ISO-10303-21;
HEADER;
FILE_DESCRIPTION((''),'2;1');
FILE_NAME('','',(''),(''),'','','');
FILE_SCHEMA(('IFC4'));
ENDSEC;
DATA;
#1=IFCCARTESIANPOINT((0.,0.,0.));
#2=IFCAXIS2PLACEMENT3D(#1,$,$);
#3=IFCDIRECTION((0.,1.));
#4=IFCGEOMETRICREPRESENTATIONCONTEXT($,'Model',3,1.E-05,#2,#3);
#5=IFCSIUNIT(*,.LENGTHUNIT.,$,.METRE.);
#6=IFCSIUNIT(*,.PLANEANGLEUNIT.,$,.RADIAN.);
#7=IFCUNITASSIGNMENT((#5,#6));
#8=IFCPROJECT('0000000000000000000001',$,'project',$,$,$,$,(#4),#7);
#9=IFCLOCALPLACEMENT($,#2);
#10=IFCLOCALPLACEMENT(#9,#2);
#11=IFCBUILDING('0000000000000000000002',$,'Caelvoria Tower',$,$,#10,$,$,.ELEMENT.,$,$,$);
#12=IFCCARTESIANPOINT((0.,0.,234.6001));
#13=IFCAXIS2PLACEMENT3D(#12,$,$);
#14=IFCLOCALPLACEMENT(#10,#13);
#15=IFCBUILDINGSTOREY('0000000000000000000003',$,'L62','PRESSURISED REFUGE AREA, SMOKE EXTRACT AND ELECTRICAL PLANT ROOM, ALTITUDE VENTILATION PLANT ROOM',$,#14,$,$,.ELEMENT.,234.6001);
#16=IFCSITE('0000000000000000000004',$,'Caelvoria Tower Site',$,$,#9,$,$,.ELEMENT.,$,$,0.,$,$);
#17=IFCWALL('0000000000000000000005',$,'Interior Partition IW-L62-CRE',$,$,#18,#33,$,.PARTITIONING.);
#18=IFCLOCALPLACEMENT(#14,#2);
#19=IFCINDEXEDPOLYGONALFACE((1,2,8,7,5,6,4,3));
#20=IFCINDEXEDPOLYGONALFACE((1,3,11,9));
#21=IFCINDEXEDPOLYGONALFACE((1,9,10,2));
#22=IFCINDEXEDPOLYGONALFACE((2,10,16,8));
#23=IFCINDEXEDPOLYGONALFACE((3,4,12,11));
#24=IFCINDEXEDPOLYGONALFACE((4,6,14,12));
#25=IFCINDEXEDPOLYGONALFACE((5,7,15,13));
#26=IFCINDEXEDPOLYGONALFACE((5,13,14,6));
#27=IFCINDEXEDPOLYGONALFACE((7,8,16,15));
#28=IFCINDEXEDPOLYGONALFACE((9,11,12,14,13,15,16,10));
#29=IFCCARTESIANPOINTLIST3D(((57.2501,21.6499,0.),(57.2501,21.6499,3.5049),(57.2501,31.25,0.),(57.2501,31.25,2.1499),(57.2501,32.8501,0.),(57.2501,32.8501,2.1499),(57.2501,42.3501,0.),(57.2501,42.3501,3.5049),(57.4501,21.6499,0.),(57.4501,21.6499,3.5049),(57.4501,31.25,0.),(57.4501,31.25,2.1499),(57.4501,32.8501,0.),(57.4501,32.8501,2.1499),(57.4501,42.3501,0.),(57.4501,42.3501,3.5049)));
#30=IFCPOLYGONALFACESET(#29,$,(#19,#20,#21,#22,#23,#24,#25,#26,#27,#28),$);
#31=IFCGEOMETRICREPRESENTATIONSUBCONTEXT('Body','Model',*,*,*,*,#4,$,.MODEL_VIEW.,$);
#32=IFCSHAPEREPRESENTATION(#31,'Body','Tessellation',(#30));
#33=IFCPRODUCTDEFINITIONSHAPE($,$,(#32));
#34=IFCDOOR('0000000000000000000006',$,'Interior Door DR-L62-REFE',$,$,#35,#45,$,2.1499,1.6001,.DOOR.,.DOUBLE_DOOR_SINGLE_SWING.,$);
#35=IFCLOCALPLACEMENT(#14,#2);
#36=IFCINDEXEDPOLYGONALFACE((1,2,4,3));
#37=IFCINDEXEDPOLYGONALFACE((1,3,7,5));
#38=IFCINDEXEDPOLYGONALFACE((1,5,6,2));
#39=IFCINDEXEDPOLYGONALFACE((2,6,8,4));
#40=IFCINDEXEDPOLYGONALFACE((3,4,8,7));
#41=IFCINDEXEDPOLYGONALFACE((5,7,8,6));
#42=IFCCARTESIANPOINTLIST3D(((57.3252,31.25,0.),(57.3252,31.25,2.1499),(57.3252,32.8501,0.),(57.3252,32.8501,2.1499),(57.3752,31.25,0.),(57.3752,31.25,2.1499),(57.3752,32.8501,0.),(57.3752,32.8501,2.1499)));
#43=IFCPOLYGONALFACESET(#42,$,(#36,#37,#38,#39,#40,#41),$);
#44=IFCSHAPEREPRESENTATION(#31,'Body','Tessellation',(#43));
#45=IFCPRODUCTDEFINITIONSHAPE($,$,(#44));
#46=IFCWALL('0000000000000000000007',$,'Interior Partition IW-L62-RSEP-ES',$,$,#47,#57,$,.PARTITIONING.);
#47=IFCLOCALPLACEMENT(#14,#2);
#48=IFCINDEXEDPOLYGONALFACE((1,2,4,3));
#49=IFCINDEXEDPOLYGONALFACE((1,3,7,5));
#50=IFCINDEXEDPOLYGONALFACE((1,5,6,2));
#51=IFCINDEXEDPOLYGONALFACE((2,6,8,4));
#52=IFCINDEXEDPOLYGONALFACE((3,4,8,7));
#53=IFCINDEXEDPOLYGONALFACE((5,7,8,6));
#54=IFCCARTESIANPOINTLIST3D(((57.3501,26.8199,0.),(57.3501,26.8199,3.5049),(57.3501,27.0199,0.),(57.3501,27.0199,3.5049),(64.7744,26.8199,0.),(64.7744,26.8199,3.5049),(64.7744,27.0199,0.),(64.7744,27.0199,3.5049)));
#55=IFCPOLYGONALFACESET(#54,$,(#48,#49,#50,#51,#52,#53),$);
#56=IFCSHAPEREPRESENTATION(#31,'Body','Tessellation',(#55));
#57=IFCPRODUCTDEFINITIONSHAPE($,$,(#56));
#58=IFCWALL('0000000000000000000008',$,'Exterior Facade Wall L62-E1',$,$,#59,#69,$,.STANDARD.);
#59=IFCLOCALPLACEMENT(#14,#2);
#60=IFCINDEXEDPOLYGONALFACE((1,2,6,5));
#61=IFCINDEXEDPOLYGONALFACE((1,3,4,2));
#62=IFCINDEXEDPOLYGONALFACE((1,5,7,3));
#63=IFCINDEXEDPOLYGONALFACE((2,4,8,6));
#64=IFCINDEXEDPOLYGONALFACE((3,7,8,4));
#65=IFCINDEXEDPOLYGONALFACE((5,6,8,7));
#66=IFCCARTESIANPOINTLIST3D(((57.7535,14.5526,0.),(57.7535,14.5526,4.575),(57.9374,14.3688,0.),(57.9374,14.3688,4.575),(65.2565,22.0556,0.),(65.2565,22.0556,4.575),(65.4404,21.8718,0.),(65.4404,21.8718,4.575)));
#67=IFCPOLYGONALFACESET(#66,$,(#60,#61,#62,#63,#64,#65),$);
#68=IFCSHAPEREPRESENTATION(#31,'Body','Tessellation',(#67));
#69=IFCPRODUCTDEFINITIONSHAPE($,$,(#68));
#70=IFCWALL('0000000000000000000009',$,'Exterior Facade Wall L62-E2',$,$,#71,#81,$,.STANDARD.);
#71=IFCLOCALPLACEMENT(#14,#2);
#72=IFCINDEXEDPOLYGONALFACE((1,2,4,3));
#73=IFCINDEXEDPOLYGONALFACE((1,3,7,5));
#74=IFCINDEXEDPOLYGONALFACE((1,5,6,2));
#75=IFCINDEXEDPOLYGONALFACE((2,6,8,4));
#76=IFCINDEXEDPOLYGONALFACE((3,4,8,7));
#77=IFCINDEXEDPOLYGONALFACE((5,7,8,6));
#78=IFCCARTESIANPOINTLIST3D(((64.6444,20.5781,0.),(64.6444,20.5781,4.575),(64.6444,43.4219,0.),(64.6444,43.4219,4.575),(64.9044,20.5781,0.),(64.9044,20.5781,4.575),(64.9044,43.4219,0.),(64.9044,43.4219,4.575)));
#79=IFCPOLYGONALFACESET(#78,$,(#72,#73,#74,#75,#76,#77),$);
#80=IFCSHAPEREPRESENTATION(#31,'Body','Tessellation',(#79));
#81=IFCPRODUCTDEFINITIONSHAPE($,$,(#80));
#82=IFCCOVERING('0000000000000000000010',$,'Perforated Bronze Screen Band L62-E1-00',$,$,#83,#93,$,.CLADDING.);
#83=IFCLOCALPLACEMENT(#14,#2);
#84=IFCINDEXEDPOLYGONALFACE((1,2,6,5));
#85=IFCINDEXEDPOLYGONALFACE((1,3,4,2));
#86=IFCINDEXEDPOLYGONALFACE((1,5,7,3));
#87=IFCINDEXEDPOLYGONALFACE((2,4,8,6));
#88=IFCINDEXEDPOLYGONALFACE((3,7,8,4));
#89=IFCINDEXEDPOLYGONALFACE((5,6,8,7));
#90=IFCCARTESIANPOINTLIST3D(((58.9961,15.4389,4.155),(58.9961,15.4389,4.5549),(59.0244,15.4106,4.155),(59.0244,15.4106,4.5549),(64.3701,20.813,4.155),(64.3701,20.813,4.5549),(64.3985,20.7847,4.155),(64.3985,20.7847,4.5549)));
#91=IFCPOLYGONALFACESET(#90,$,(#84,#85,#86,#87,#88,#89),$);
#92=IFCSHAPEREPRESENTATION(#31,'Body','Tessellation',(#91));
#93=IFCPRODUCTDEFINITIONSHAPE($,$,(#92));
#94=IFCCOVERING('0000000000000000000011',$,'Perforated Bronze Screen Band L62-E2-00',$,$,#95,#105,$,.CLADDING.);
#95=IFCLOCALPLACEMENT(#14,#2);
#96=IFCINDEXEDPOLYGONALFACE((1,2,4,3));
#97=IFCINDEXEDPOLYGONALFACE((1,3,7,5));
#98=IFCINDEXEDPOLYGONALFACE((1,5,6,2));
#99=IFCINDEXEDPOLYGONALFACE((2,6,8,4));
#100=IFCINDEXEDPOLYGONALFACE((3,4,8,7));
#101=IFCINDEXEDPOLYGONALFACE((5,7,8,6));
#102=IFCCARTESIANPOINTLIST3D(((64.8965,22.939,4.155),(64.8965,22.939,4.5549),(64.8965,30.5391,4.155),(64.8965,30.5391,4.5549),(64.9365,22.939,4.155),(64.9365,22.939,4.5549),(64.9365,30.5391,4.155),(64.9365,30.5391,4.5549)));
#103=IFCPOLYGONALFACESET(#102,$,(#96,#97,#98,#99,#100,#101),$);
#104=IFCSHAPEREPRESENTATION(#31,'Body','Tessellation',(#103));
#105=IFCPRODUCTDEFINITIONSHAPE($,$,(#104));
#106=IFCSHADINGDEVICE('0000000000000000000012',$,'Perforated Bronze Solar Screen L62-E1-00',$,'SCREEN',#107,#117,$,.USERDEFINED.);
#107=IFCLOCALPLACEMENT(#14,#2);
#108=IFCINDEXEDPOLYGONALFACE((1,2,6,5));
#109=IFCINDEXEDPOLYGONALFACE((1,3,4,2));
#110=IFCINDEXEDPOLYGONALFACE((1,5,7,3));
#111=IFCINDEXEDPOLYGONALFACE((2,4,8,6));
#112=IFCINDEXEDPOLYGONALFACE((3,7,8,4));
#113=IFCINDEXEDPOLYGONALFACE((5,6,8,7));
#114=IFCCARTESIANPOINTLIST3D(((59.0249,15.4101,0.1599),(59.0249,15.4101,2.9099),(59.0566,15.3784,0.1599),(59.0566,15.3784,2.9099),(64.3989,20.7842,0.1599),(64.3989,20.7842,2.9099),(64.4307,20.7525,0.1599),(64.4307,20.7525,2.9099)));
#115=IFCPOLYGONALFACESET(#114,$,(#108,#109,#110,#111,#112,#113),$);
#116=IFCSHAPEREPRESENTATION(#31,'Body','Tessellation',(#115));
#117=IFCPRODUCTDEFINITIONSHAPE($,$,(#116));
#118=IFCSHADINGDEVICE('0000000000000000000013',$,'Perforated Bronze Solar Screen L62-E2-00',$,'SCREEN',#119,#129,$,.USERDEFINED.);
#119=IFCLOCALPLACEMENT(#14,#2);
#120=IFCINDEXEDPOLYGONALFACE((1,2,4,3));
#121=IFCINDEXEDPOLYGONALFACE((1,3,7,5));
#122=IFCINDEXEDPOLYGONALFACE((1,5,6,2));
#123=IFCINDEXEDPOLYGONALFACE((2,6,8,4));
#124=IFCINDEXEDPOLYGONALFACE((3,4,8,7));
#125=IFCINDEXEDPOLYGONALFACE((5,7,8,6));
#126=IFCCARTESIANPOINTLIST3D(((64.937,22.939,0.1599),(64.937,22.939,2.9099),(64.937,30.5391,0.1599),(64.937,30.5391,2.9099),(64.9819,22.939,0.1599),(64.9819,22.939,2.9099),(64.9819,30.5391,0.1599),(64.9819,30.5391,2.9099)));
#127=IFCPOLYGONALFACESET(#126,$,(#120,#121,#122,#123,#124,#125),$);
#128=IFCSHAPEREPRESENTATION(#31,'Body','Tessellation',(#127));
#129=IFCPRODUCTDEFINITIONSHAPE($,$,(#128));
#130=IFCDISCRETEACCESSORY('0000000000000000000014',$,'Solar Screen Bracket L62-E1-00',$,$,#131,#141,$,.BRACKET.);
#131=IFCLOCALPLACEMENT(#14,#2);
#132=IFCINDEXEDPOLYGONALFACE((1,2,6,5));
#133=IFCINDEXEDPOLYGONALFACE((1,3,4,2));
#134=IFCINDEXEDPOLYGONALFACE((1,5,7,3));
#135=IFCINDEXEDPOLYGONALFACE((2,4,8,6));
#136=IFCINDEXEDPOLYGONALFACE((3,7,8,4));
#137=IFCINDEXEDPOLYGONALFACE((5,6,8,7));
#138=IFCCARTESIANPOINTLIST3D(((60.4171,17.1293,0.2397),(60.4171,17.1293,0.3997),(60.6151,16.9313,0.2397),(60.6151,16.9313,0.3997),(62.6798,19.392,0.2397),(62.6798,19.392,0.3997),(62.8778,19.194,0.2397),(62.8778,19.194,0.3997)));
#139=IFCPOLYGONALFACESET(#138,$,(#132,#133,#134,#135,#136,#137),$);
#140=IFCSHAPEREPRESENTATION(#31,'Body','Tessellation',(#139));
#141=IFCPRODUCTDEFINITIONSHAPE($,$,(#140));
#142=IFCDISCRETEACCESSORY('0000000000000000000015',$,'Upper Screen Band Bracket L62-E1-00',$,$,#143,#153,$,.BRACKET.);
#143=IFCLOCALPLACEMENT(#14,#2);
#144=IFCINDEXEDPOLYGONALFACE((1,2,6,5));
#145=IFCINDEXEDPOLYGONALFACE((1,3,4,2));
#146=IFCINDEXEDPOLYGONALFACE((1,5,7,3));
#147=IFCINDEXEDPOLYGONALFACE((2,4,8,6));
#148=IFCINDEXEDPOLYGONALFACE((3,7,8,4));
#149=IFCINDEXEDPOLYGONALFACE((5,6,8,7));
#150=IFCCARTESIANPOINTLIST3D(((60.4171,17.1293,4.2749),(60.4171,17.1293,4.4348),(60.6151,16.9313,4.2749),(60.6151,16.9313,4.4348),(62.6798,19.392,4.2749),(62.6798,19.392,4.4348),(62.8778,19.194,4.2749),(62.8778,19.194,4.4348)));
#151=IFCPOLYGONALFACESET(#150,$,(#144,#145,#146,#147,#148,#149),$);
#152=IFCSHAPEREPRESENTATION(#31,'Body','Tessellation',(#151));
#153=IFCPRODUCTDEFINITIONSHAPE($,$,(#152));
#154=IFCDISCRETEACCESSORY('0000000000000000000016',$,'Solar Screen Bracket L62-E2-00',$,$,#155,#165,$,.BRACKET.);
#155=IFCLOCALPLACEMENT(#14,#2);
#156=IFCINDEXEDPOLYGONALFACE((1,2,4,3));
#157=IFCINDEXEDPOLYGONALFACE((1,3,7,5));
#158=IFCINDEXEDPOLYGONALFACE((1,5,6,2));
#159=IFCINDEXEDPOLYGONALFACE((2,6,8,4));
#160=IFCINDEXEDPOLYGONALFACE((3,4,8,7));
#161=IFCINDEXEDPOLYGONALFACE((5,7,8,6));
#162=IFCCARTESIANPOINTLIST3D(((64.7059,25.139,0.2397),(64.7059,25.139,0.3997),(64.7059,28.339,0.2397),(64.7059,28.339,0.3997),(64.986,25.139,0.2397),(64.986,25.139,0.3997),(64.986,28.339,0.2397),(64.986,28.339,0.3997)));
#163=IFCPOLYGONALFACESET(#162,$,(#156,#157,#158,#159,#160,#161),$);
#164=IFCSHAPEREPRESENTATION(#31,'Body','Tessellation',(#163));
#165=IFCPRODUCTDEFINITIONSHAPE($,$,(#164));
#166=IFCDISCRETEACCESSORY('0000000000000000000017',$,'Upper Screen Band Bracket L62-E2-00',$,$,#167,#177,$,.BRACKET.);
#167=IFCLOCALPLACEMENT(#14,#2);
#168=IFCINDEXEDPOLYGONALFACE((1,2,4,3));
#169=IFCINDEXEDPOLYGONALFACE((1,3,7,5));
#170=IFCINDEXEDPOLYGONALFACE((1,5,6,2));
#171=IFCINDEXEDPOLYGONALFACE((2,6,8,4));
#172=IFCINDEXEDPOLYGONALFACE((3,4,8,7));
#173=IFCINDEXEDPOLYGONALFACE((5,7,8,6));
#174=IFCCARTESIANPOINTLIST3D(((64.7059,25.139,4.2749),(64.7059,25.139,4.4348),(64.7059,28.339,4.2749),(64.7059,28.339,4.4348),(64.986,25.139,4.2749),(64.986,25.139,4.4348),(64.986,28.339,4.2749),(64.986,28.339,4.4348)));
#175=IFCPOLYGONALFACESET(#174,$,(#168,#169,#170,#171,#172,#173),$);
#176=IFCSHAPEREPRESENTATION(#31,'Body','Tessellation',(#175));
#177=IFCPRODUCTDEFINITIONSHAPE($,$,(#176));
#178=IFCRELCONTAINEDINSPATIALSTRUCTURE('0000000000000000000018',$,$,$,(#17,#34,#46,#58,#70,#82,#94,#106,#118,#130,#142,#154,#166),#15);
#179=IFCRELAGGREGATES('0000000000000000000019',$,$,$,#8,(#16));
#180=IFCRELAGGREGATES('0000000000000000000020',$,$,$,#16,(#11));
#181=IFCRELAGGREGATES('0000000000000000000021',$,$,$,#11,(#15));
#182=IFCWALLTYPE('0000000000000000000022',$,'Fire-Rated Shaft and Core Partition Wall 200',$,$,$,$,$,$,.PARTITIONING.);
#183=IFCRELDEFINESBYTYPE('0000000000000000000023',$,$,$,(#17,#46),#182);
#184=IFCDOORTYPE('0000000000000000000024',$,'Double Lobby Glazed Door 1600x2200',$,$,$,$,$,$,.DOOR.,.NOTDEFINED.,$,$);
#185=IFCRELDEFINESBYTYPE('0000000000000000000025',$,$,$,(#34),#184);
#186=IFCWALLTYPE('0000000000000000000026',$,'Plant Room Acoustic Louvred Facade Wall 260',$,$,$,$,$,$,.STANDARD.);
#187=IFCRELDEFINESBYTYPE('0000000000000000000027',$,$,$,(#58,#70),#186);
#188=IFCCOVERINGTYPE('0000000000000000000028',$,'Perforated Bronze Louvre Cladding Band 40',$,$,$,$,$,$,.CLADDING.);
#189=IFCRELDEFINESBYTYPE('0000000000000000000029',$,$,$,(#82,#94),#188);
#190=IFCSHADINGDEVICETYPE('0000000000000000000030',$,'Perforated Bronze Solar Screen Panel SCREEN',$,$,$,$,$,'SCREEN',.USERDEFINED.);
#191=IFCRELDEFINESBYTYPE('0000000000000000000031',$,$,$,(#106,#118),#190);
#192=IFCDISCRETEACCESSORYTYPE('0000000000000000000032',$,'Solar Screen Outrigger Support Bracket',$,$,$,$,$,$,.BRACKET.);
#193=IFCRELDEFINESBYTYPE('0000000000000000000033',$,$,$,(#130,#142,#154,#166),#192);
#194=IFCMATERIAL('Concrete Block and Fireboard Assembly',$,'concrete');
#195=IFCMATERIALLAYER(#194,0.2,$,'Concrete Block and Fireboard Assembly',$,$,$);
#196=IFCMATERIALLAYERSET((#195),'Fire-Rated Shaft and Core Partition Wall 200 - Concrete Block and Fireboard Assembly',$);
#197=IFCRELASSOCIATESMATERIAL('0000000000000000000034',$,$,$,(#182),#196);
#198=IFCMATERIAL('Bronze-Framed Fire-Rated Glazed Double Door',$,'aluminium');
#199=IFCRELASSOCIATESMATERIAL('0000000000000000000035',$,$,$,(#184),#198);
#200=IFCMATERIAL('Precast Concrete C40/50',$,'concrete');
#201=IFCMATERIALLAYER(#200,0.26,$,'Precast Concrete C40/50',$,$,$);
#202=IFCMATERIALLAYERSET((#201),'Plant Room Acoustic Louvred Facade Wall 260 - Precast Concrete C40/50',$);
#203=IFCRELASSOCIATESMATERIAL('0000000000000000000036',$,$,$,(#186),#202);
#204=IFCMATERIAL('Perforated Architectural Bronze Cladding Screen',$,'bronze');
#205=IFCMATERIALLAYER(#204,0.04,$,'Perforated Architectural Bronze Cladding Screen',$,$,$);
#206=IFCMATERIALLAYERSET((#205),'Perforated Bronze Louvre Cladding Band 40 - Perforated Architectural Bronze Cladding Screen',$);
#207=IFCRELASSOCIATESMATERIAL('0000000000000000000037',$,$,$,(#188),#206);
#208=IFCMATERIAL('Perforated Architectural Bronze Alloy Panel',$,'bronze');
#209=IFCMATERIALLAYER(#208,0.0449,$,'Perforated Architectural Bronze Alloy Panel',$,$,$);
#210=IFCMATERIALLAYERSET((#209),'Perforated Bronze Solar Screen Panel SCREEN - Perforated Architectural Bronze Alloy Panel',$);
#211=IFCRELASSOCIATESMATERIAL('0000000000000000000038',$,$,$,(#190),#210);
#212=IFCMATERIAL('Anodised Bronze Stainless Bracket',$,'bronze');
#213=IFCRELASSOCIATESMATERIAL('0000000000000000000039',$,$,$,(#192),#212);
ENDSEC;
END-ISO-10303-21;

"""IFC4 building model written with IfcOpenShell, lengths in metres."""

from ifc_helpers import new_model, si_unit, direction, frame, frame_2d, origin, origin_2d, place, context, subcontext, project, spatial, rectangle, extrude, material, layer, layer_set, type_object, element, fill, save


model = new_model("IFC4")

# Units and contexts
model_context = context("Model", 3, precision=1e-05, world=origin(), true_north=direction((0.0, 1.0)))
body_context = subcontext(model_context, "Body", "Model", "MODEL_VIEW")
ifc_project = project(units=[si_unit("LENGTHUNIT", "METRE"), si_unit("PLANEANGLEUNIT", "RADIAN")], contexts=[model_context])

# Site, building, storey
site_placement = place(None, origin())
site = spatial("IfcSite", under=ifc_project, at=site_placement, Name="Caelvoria Tower Site", CompositionType="ELEMENT", RefElevation=0.0)
building_placement = place(site_placement, origin())
building = spatial("IfcBuilding", under=site, at=building_placement, Name="Caelvoria Tower", CompositionType="ELEMENT")
storey_placement = place(building_placement, frame((0.0, 0.0, 234.6001)))
storey = spatial("IfcBuildingStorey", under=building, at=storey_placement, Name="L62", Description="PRESSURISED REFUGE AREA, SMOKE EXTRACT AND ELECTRICAL PLANT ROOM, ALTITUDE VENTILATION PLANT ROOM", CompositionType="ELEMENT", Elevation=234.6001)

# Wall, opening, door
ifc_material_1 = material(Name="Concrete Block and Fireboard Assembly", Category="concrete")
ifc_layer_1 = layer(ifc_material_1, 0.2, Name="Concrete Block and Fireboard Assembly")
ifc_layer_set_1 = layer_set([ifc_layer_1], Name="Fire-Rated Shaft and Core Partition Wall 200 - Concrete Block and Fireboard Assembly")
wall_type_1 = type_object("IfcWallType", Name="Fire-Rated Shaft and Core Partition Wall 200", PredefinedType="PARTITIONING", material=ifc_layer_set_1)
wall_1_placement = place(storey_placement, frame((57.3501, 21.6499, 0.0), z_axis=(0.0, 0.0, 1.0), x_axis=(0.0, 1.0, 0.0)))
wall_1 = element("IfcWall", 1, at=wall_1_placement, inside=storey, type_object=wall_type_1, Name="Interior Partition IW-L62-CRE", PredefinedType="PARTITIONING", context=body_context, shape_type="SweptSolid", body=[
    extrude(rectangle(XDim=20.7002, YDim=0.2, at=frame_2d((10.3501, 0.0))), origin(), (0.0, 0.0, 1.0), 3.5049),
])
opening_placement = place(wall_1_placement, frame((9.6001, 0.0, 0.0)))
opening = element("IfcOpeningElement", 2, at=opening_placement, cuts=wall_1, PredefinedType="OPENING", context=body_context, shape_type="SweptSolid", body=[
    extrude(rectangle(XDim=1.6001, YDim=2.1499, at=frame_2d((0.8, 1.075))), frame((0.0, 0.1099, 0.0), z_axis=(0.0, -1.0, 0.0), x_axis=(1.0, 0.0, 0.0)), (0.0, 0.0, 1.0), 0.22),
])
ifc_material_2 = material(Name="Bronze-Framed Fire-Rated Glazed Double Door", Category="aluminium")
door_type = type_object("IfcDoorType", Name="Double Lobby Glazed Door 1600x2200", OperationType="NOTDEFINED", PredefinedType="DOOR", material=ifc_material_2)
door_placement = place(opening_placement, origin())
door = element("IfcDoor", 3, at=door_placement, inside=storey, type_object=door_type, Name="Interior Door DR-L62-REFE", OperationType="DOUBLE_DOOR_SINGLE_SWING", OverallHeight=2.1499, OverallWidth=1.6001, PredefinedType="DOOR", context=body_context, shape_type="SweptSolid", body=[
    extrude(rectangle(XDim=1.6001, YDim=2.1499, at=frame_2d((0.8, 1.075))), frame((0.0, 0.0249, 0.0), z_axis=(0.0, -1.0, 0.0), x_axis=(1.0, 0.0, 0.0)), (0.0, 0.0, 1.0), 0.05),
])
fill(opening, door)

# Walls
wall_2_placement = place(storey_placement, frame((57.3501, 26.9199, 0.0), z_axis=(0.0, 0.0, 1.0), x_axis=(1.0, 0.0, 0.0)))
element("IfcWall", 4, at=wall_2_placement, inside=storey, type_object=wall_type_1, Name="Interior Partition IW-L62-RSEP-ES", PredefinedType="PARTITIONING", context=body_context, shape_type="SweptSolid", body=[
    extrude(rectangle(XDim=7.4243, YDim=0.2, at=frame_2d((3.7122, 0.0))), origin(), (0.0, 0.0, 1.0), 3.5049),
])
ifc_material_3 = material(Name="Precast Concrete C40/50", Category="concrete")
ifc_layer_2 = layer(ifc_material_3, 0.26, Name="Precast Concrete C40/50")
ifc_layer_set_2 = layer_set([ifc_layer_2], Name="Plant Room Acoustic Louvred Facade Wall 260 - Precast Concrete C40/50")
wall_type_2 = type_object("IfcWallType", Name="Plant Room Acoustic Louvred Facade Wall 260", PredefinedType="STANDARD", material=ifc_layer_set_2)
wall_3_placement = place(storey_placement, frame((57.8455, 14.4607, 0.0), z_axis=(0.0, 0.0, 1.0), x_axis=(0.707107, 0.707107, 0.0)))
element("IfcWall", 5, at=wall_3_placement, inside=storey, type_object=wall_type_2, Name="Exterior Facade Wall L62-E1", PredefinedType="STANDARD", context=body_context, shape_type="SweptSolid", body=[
    extrude(rectangle(XDim=10.6108, YDim=0.26, at=frame_2d((5.3054, 0.0))), origin(), (0.0, 0.0, 1.0), 4.575),
])
wall_4_placement = place(storey_placement, frame((64.7744, 20.5781, 0.0), z_axis=(0.0, 0.0, 1.0), x_axis=(0.0, 1.0, 0.0)))
element("IfcWall", 6, at=wall_4_placement, inside=storey, type_object=wall_type_2, Name="Exterior Facade Wall L62-E2", PredefinedType="STANDARD", context=body_context, shape_type="SweptSolid", body=[
    extrude(rectangle(XDim=22.8438, YDim=0.26, at=frame_2d((11.4219, 0.0))), origin(), (0.0, 0.0, 1.0), 4.575),
])

# Coverings
ifc_material_4 = material(Name="Perforated Architectural Bronze Cladding Screen", Category="bronze")
ifc_layer_3 = layer(ifc_material_4, 0.04, Name="Perforated Architectural Bronze Cladding Screen")
ifc_layer_set_3 = layer_set([ifc_layer_3], Name="Perforated Bronze Louvre Cladding Band 40 - Perforated Architectural Bronze Cladding Screen")
covering_type = type_object("IfcCoveringType", Name="Perforated Bronze Louvre Cladding Band 40", PredefinedType="CLADDING", material=ifc_layer_set_3)
for number, where, z_axis, x_axis, name in (
    (7, (61.6973, 18.1118, 4.155), (0.0, 0.0, 1.0), (0.707107, 0.707107, 0.0), "Perforated Bronze Screen Band L62-E1-00"),
    (8, (64.9165, 26.739, 4.155), (0.0, 0.0, 1.0), (0.0, 1.0, 0.0), "Perforated Bronze Screen Band L62-E2-00"),
):
    element("IfcCovering", number, at=place(storey_placement, frame(where, z_axis=z_axis, x_axis=x_axis)), inside=storey, type_object=covering_type, Name=name, PredefinedType="CLADDING", context=body_context, shape_type="SweptSolid", body=[
        extrude(rectangle(XDim=7.6001, YDim=0.04, at=origin_2d()), origin(), (0.0, 0.0, 1.0), 0.3999),
    ])

# Shading devices
ifc_material_5 = material(Name="Perforated Architectural Bronze Alloy Panel", Category="bronze")
ifc_layer_4 = layer(ifc_material_5, 0.0449, Name="Perforated Architectural Bronze Alloy Panel")
ifc_layer_set_4 = layer_set([ifc_layer_4], Name="Perforated Bronze Solar Screen Panel SCREEN - Perforated Architectural Bronze Alloy Panel")
shading_device_type = type_object("IfcShadingDeviceType", Name="Perforated Bronze Solar Screen Panel SCREEN", ElementType="SCREEN", PredefinedType="USERDEFINED", material=ifc_layer_set_4)
for number, where, z_axis, x_axis, name in (
    (9, (61.7278, 18.0813, 0.1599), (0.0, 0.0, 1.0), (0.707107, 0.707107, 0.0), "Perforated Bronze Solar Screen L62-E1-00"),
    (10, (64.9595, 26.739, 0.1599), (0.0, 0.0, 1.0), (0.0, 1.0, 0.0), "Perforated Bronze Solar Screen L62-E2-00"),
):
    element("IfcShadingDevice", number, at=place(storey_placement, frame(where, z_axis=z_axis, x_axis=x_axis)), inside=storey, type_object=shading_device_type, Name=name, ObjectType="SCREEN", PredefinedType="USERDEFINED", context=body_context, shape_type="SweptSolid", body=[
        extrude(rectangle(XDim=7.6001, YDim=0.0449, at=origin_2d()), origin(), (0.0, 0.0, 1.0), 2.75),
    ])

# Discrete accessories
ifc_material_6 = material(Name="Anodised Bronze Stainless Bracket", Category="bronze")
discrete_accessory_type = type_object("IfcDiscreteAccessoryType", Name="Solar Screen Outrigger Support Bracket", PredefinedType="BRACKET", material=ifc_material_6)
for number, where, z_axis, x_axis, name in (
    (11, (61.6475, 18.1616, 0.2397), (0.0, 0.0, 1.0), (0.707107, 0.707107, 0.0), "Solar Screen Bracket L62-E1-00"),
    (12, (61.6475, 18.1616, 4.2749), (0.0, 0.0, 1.0), (0.707107, 0.707107, 0.0), "Upper Screen Band Bracket L62-E1-00"),
    (13, (64.8459, 26.739, 0.2397), (0.0, 0.0, 1.0), (0.0, 1.0, 0.0), "Solar Screen Bracket L62-E2-00"),
    (14, (64.8459, 26.739, 4.2749), (0.0, 0.0, 1.0), (0.0, 1.0, 0.0), "Upper Screen Band Bracket L62-E2-00"),
):
    element("IfcDiscreteAccessory", number, at=place(storey_placement, frame(where, z_axis=z_axis, x_axis=x_axis)), inside=storey, type_object=discrete_accessory_type, Name=name, PredefinedType="BRACKET", context=body_context, shape_type="SweptSolid", body=[
        extrude(rectangle(XDim=3.2, YDim=0.28, at=origin_2d()), origin(), (0.0, 0.0, 1.0), 0.1599),
    ])

save(model, "model.ifc")
